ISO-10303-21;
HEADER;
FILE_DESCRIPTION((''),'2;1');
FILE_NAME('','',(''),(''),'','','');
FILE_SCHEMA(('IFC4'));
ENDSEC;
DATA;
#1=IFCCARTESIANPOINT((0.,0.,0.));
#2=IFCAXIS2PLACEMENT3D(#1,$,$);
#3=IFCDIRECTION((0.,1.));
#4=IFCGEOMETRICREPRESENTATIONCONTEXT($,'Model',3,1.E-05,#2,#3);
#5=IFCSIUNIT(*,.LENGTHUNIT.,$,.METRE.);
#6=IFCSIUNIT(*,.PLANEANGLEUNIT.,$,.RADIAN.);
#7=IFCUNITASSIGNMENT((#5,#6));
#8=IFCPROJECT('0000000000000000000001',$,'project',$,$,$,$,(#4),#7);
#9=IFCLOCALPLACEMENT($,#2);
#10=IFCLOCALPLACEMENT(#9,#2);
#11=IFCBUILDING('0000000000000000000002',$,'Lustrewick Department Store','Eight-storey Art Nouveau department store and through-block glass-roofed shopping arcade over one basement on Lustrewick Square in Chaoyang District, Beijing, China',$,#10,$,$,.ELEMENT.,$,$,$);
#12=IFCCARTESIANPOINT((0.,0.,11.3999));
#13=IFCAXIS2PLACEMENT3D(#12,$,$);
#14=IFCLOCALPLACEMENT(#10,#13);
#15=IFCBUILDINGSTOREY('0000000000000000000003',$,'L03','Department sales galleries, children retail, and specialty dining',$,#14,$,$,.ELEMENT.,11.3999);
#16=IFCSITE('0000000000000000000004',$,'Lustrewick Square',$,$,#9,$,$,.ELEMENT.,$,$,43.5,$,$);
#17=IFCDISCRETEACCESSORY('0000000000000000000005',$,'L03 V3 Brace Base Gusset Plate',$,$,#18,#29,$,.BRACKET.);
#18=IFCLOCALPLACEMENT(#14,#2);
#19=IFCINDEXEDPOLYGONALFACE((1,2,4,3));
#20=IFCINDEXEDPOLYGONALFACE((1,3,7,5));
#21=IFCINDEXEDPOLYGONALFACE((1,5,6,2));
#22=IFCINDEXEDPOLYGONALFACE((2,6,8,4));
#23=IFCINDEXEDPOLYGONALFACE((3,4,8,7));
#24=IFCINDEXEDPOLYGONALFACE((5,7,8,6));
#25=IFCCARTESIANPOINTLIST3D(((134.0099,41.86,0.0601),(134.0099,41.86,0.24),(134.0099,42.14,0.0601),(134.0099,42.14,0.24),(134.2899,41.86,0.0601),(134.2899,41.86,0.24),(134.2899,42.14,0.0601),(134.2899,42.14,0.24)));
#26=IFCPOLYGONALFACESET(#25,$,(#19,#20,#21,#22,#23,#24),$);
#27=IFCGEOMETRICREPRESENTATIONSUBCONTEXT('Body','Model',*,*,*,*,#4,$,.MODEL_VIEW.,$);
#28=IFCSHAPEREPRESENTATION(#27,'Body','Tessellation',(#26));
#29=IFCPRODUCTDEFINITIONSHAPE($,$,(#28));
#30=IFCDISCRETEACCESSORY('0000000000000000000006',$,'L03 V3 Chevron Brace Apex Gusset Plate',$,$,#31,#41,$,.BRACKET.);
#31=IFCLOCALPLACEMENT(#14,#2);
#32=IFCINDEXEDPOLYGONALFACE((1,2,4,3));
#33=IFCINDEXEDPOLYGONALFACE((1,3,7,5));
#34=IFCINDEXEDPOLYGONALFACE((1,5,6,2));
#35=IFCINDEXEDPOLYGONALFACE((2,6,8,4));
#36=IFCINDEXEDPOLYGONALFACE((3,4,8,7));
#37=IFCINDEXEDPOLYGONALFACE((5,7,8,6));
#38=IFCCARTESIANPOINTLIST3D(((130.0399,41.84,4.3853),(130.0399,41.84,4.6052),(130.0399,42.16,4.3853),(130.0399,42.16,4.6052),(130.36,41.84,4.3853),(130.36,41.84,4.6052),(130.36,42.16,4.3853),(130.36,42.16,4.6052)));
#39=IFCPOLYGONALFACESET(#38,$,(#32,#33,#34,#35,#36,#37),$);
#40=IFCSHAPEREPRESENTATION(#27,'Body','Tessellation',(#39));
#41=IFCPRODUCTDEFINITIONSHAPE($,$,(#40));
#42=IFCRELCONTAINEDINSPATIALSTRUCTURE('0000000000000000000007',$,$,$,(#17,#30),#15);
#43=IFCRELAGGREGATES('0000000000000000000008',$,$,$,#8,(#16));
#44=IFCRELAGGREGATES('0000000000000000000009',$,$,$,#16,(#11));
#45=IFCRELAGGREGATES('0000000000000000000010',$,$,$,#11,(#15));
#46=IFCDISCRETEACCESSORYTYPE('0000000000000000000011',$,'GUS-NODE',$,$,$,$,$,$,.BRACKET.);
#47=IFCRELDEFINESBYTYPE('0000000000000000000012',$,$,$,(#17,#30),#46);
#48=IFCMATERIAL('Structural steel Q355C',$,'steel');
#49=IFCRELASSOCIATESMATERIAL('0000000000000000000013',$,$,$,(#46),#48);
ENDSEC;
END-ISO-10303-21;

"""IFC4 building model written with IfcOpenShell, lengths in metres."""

from ifc_helpers import new_model, si_unit, direction, frame, origin, origin_2d, place, context, subcontext, project, spatial, rectangle, extrude, material, type_object, element, save


model = new_model("IFC4")

# Units and contexts
model_context = context("Model", 3, precision=1e-05, world=origin(), true_north=direction((0.0, 1.0)))
body_context = subcontext(model_context, "Body", "Model", "MODEL_VIEW")
ifc_project = project(units=[si_unit("LENGTHUNIT", "METRE"), si_unit("PLANEANGLEUNIT", "RADIAN")], contexts=[model_context])

# Site, building, storey
site_placement = place(None, origin())
site = spatial("IfcSite", under=ifc_project, at=site_placement, Name="Lustrewick Square", CompositionType="ELEMENT", RefElevation=43.5)
building_placement = place(site_placement, origin())
building = spatial("IfcBuilding", under=site, at=building_placement, Name="Lustrewick Department Store", Description="Eight-storey Art Nouveau department store and through-block glass-roofed shopping arcade over one basement on Lustrewick Square in Chaoyang District, Beijing, China", CompositionType="ELEMENT")
storey_placement = place(building_placement, frame((0.0, 0.0, 11.3999)))
storey = spatial("IfcBuildingStorey", under=building, at=storey_placement, Name="L03", Description="Department sales galleries, children retail, and specialty dining", CompositionType="ELEMENT", Elevation=11.3999)

# Shared definitions
ifc_material_1 = material(Name="Structural steel Q355C", Category="steel")

# Discrete accessories
discrete_accessory_type = type_object("IfcDiscreteAccessoryType", Name="GUS-NODE", PredefinedType="BRACKET", material=ifc_material_1)
for number, where, z_axis, x_axis, name in (
    (1, (134.1499, 42.0, 0.0601), (0.0, 0.0, 1.0), (1.0, 0.0, 0.0), "L03 V3 Brace Base Gusset Plate"),
):
    element("IfcDiscreteAccessory", number, at=place(storey_placement, frame(where, z_axis=z_axis, x_axis=x_axis)), inside=storey, type_object=discrete_accessory_type, Name=name, PredefinedType="BRACKET", context=body_context, shape_type="SweptSolid", body=[
        extrude(rectangle(XDim=0.28, YDim=0.28, at=origin_2d()), origin(), (0.0, 0.0, 1.0), 0.1799),
    ])
discrete_accessory_placement = place(storey_placement, frame((130.2, 42.0, 4.3853), z_axis=(0.0, 0.0, 1.0), x_axis=(1.0, 0.0, 0.0)))
element("IfcDiscreteAccessory", 2, at=discrete_accessory_placement, inside=storey, type_object=discrete_accessory_type, Name="L03 V3 Chevron Brace Apex Gusset Plate", PredefinedType="BRACKET", context=body_context, shape_type="SweptSolid", body=[
    extrude(rectangle(XDim=0.3201, YDim=0.3201, at=origin_2d()), origin(), (0.0, 0.0, 1.0), 0.22),
])

save(model, "model.ifc")
